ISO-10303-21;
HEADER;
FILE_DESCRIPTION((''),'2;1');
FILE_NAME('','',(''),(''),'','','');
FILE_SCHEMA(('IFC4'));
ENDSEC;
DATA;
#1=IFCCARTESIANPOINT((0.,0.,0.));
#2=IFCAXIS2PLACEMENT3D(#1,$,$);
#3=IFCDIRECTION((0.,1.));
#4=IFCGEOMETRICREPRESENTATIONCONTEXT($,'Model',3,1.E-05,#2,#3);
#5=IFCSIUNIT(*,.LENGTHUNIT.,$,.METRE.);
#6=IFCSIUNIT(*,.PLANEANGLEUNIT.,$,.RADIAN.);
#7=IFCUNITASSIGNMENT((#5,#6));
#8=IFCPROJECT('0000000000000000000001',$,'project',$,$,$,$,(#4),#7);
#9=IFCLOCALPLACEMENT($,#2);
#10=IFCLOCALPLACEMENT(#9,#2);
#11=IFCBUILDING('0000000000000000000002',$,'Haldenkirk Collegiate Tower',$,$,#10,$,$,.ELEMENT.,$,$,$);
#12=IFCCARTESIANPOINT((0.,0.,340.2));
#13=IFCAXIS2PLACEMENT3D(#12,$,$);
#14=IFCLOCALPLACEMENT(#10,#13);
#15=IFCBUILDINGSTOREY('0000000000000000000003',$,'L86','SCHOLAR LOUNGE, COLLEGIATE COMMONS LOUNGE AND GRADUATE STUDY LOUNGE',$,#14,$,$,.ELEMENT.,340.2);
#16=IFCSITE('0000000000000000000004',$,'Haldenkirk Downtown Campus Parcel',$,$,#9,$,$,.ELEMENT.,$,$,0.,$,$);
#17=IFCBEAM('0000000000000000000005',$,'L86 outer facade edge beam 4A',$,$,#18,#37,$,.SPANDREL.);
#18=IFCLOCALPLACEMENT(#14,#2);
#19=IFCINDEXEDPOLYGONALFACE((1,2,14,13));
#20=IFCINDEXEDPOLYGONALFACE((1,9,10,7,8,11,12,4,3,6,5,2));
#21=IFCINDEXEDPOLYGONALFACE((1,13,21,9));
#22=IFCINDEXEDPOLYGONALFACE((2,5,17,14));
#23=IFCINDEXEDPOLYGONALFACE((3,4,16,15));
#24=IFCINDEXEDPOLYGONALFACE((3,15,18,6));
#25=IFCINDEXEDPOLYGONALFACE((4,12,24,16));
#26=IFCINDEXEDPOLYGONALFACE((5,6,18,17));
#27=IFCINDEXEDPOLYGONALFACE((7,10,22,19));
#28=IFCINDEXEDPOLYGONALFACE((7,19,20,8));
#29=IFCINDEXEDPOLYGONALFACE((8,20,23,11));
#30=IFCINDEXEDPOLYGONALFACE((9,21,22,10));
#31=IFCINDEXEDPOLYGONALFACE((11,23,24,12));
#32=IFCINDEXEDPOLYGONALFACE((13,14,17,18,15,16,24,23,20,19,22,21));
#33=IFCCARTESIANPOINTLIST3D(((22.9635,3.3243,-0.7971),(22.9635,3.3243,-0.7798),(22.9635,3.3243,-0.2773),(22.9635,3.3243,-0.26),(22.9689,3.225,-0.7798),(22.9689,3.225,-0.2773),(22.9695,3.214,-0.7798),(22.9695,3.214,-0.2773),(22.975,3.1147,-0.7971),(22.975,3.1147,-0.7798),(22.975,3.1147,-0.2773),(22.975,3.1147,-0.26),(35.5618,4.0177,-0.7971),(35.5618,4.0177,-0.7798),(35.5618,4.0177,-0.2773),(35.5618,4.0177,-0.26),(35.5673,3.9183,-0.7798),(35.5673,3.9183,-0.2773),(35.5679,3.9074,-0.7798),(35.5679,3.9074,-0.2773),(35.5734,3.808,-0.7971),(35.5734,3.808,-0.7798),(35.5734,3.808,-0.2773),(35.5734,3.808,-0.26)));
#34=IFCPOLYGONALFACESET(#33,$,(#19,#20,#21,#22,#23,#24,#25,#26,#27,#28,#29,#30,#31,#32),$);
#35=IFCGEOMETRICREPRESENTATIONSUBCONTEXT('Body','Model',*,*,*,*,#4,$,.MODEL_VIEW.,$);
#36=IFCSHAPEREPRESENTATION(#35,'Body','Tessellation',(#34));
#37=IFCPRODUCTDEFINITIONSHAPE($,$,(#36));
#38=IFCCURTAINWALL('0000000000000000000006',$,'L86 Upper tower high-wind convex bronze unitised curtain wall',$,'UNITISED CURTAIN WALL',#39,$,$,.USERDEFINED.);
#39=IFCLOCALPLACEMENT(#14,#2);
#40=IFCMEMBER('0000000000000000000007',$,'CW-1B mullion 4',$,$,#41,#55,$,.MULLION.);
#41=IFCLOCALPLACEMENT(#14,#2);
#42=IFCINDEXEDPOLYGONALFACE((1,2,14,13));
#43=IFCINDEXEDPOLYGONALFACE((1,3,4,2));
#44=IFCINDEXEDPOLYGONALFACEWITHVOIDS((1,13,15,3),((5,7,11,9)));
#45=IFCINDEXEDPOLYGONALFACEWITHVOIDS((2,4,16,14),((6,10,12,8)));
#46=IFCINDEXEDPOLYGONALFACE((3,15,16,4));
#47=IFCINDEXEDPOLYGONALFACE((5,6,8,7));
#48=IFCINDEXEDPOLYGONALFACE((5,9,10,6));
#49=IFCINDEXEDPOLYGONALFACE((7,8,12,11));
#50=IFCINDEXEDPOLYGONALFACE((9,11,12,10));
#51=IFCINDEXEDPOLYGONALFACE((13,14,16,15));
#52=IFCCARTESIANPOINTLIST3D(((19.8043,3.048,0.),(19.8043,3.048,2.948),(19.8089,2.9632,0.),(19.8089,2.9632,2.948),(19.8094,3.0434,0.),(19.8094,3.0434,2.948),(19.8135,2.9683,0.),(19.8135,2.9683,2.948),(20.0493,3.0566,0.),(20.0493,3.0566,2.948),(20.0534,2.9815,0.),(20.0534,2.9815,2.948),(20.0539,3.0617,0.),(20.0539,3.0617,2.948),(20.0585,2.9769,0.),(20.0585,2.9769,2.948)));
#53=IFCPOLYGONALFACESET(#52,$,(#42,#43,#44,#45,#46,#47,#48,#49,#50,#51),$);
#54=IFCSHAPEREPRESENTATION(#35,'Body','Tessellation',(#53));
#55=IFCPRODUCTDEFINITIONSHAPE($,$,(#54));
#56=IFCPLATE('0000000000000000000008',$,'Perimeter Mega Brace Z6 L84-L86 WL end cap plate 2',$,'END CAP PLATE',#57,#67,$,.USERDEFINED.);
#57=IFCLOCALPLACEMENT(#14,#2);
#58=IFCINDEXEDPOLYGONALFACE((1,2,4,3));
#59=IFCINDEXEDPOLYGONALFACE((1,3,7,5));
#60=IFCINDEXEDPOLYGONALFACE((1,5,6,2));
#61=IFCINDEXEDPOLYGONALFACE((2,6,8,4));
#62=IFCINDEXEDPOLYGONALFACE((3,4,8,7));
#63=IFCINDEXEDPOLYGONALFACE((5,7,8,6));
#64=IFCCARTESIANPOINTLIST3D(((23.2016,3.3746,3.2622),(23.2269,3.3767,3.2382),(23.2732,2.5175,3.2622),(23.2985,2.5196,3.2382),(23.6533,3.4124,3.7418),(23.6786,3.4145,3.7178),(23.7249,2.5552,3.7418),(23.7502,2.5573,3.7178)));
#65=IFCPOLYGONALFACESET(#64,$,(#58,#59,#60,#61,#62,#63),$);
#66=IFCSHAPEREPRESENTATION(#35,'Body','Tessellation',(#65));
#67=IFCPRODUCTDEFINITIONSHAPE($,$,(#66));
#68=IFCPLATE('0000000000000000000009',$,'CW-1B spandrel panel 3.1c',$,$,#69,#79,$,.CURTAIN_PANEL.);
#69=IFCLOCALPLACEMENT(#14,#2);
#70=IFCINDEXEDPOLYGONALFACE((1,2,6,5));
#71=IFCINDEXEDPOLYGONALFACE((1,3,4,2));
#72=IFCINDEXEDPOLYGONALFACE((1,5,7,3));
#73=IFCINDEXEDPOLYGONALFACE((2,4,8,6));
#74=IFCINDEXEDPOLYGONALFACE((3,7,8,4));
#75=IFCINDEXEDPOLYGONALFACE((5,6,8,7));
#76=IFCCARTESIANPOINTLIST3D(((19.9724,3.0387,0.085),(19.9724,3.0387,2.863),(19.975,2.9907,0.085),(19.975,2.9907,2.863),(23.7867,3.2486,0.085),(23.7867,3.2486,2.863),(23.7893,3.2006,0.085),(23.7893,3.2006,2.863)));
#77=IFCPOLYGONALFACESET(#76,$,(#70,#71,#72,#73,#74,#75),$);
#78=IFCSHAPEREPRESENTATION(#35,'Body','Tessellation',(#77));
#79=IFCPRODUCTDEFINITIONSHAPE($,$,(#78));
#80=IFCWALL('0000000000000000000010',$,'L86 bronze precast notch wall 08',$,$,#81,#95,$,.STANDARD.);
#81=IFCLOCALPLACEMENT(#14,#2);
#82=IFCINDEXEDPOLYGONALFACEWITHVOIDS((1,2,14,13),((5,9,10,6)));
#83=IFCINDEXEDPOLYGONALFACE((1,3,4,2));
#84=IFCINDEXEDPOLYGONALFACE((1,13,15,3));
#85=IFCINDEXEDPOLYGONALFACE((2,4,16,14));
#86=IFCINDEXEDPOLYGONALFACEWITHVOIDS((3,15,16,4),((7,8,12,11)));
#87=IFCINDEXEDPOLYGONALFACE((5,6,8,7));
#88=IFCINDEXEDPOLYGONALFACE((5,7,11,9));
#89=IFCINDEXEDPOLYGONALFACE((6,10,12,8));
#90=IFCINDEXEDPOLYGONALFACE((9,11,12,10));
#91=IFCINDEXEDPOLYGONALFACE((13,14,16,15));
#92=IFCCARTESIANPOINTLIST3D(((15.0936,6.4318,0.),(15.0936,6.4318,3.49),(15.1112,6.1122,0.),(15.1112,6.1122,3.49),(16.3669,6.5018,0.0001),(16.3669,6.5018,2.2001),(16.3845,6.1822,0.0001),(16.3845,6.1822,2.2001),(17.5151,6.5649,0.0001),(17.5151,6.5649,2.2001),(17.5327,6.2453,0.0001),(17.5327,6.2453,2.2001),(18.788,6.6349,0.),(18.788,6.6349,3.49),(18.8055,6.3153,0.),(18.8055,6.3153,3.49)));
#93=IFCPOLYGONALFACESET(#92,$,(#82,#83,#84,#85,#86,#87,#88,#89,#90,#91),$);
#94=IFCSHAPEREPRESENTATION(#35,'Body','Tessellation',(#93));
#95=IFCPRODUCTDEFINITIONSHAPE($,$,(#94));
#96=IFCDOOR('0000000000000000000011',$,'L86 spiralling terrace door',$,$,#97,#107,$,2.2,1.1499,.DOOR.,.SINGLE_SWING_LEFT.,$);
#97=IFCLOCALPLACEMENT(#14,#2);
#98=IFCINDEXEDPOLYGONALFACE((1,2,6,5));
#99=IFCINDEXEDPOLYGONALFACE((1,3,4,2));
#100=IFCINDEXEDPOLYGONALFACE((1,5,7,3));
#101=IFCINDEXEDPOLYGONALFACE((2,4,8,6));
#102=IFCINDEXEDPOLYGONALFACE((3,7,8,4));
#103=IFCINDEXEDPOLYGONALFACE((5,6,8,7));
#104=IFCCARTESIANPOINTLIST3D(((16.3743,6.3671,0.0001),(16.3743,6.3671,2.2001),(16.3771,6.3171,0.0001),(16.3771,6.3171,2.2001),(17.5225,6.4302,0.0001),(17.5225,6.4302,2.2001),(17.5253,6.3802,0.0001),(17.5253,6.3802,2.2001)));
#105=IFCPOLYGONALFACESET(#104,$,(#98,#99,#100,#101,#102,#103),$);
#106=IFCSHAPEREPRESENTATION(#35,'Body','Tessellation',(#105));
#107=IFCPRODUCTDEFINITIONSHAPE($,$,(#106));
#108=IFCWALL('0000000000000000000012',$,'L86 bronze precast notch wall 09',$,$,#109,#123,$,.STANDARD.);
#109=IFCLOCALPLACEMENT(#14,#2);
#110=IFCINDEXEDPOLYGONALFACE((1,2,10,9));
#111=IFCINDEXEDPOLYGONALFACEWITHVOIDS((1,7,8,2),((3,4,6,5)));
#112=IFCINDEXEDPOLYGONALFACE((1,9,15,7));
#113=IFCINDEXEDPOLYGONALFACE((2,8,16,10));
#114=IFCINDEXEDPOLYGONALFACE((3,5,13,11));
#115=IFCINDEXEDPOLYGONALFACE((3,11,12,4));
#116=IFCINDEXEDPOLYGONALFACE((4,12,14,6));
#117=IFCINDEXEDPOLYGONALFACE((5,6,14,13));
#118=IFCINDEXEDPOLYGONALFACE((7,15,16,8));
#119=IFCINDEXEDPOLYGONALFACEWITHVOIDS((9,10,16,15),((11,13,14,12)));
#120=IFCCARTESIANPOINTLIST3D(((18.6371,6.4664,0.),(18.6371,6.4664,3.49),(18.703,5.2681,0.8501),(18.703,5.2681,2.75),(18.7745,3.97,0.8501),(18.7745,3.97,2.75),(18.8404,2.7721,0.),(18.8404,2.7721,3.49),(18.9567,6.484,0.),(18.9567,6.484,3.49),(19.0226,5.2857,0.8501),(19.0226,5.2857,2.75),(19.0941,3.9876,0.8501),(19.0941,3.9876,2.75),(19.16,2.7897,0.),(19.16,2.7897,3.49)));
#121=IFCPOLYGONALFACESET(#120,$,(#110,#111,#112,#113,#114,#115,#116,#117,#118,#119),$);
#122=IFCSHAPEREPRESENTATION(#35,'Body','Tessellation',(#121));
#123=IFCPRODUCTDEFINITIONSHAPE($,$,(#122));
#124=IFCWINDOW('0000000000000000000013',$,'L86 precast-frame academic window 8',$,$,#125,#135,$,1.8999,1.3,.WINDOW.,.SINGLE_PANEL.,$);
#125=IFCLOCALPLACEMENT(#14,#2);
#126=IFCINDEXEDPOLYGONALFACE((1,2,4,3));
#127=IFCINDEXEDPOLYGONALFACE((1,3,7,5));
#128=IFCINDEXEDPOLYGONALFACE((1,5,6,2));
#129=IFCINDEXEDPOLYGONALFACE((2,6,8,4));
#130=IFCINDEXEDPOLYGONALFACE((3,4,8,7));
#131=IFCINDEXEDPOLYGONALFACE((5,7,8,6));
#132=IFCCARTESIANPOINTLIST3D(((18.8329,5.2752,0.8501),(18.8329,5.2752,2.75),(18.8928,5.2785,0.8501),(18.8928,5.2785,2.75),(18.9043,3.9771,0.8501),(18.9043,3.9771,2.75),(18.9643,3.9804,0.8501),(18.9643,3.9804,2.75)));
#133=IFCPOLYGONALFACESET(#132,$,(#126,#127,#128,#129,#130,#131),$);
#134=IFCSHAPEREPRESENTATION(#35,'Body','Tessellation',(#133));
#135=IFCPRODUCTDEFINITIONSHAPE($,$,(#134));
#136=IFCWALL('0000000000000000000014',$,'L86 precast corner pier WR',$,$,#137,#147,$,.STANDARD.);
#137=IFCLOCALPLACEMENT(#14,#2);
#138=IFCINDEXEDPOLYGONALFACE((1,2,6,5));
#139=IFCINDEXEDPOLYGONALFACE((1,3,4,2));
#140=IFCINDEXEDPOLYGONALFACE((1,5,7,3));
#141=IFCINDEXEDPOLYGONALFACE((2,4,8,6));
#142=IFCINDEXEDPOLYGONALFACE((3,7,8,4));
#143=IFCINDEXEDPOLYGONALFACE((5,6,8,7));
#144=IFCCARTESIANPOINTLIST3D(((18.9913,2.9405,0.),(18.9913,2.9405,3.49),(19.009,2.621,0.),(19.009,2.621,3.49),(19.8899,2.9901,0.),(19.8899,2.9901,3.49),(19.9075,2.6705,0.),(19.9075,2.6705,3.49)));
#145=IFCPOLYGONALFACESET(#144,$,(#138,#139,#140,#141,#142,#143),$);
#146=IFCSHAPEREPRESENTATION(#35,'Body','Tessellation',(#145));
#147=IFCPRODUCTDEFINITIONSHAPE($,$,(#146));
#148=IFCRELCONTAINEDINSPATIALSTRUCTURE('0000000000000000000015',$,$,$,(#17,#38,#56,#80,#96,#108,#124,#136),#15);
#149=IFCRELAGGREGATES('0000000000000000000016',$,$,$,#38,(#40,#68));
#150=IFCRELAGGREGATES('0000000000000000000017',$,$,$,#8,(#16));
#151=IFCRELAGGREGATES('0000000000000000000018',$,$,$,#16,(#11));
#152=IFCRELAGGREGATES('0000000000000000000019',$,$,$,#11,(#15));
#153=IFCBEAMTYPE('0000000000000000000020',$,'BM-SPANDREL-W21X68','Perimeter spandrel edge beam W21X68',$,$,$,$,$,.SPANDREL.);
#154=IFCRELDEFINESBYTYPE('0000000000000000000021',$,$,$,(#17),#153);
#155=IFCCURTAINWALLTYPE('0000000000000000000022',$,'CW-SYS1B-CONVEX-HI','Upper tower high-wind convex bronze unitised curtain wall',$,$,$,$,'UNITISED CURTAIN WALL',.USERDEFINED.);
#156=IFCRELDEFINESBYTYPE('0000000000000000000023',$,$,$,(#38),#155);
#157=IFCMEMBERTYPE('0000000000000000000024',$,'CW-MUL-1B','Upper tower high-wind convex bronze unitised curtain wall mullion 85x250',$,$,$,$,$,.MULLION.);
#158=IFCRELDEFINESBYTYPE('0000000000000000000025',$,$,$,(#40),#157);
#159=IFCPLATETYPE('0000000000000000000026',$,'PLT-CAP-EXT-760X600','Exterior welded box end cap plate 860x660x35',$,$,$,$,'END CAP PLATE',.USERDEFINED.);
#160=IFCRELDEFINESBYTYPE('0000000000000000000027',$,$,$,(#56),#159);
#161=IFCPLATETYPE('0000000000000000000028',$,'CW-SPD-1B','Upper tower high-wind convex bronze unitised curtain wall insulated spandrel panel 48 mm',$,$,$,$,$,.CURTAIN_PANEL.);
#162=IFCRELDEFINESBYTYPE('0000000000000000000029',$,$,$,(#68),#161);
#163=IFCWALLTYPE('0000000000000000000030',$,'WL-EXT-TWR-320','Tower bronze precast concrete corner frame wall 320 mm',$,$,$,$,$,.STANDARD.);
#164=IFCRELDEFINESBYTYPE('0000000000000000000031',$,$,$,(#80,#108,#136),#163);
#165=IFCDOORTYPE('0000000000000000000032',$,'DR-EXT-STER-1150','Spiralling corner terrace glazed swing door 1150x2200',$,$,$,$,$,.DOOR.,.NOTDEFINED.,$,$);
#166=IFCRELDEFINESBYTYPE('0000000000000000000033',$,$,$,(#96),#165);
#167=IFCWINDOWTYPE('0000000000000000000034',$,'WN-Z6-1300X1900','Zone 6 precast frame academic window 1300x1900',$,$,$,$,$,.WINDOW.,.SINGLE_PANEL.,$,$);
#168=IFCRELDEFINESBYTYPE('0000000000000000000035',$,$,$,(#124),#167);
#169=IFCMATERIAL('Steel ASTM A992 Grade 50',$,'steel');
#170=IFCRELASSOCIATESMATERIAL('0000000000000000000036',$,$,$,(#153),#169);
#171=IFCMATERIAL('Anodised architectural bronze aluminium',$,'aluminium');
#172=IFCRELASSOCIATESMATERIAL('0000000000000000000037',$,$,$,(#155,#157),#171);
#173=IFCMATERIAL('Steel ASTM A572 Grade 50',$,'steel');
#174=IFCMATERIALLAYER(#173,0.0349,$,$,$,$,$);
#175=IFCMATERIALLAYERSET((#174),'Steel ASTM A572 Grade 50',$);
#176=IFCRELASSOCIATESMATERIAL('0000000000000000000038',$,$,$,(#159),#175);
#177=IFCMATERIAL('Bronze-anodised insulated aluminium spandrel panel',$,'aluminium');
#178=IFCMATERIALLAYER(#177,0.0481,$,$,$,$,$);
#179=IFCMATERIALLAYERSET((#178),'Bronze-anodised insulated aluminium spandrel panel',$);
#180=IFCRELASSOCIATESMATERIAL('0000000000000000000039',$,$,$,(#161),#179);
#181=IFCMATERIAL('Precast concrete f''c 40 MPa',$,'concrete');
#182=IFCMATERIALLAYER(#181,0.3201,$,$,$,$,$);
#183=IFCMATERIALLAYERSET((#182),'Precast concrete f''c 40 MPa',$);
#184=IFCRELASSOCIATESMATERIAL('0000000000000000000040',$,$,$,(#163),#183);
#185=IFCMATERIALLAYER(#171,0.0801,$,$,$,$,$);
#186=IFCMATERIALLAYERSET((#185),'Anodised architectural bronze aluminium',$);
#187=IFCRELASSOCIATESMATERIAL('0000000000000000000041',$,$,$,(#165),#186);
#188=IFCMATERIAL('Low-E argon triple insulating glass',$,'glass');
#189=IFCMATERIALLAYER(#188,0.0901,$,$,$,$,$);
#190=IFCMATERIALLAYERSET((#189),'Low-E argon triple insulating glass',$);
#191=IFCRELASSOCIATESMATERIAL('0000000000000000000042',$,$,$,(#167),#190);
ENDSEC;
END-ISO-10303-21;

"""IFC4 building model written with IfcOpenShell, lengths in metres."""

from ifc_helpers import new_model, si_unit, direction, frame, frame_2d, origin, origin_2d, place, context, subcontext, project, spatial, rectangle, hollow_rectangle, i_section, extrude, source, transform, mapped, material, layer, layer_set, material_profile, profile_set, type_object, element, fill, aggregate, save


model = new_model("IFC4")

# Units and contexts
model_context = context("Model", 3, precision=1e-05, world=origin(), true_north=direction((0.0, 1.0)))
body_context = subcontext(model_context, "Body", "Model", "MODEL_VIEW")
ifc_project = project(units=[si_unit("LENGTHUNIT", "METRE"), si_unit("PLANEANGLEUNIT", "RADIAN")], contexts=[model_context])

# Site, building, storey
site_placement = place(None, origin())
site = spatial("IfcSite", under=ifc_project, at=site_placement, Name="Haldenkirk Downtown Campus Parcel", CompositionType="ELEMENT", RefElevation=0.0)
building_placement = place(site_placement, origin())
building = spatial("IfcBuilding", under=site, at=building_placement, Name="Haldenkirk Collegiate Tower", CompositionType="ELEMENT")
storey_placement = place(building_placement, frame((0.0, 0.0, 340.2)))
storey = spatial("IfcBuildingStorey", under=building, at=storey_placement, Name="L86", Description="SCHOLAR LOUNGE, COLLEGIATE COMMONS LOUNGE AND GRADUATE STUDY LOUNGE", CompositionType="ELEMENT", Elevation=340.2)

# Shared definitions
ifc_material_1 = material(Name="Steel ASTM A572 Grade 50", Category="steel")

# Beam
ifc_material_2 = material(Name="Steel ASTM A992 Grade 50", Category="steel")
ifc_material_profile_1 = material_profile(ifc_material_2, i_section(OverallWidth=0.21, OverallDepth=0.5371, WebThickness=0.011, FlangeThickness=0.0173, at=origin_2d()), Name="W21X68")
ifc_profile_set_1 = profile_set([ifc_material_profile_1], Name="Steel ASTM A992 Grade 50")
beam_type_1 = type_object("IfcBeamType", Name="BM-SPANDREL-W21X68", Description="Perimeter spandrel edge beam W21X68", PredefinedType="SPANDREL", material=ifc_profile_set_1)
beam_1_placement = place(storey_placement, frame((22.9692, 3.2195, -0.5286), z_axis=(0.998489, 0.054952, 0.0), x_axis=(-0.054952, 0.998489, 0.0)))
element("IfcBeam", 1, at=beam_1_placement, inside=storey, type_object=beam_type_1, Name="L86 outer facade edge beam 4A", PredefinedType="SPANDREL", context=body_context, shape_type="SweptSolid", body=[
    extrude(i_section(OverallWidth=0.21, OverallDepth=0.5371, WebThickness=0.011, FlangeThickness=0.0173, at=origin_2d()), origin(), (0.0, 0.0, 1.0), 12.6174),
])

# Curtain wall, member
ifc_material_3 = material(Name="Anodised architectural bronze aluminium", Category="aluminium")
curtain_wall_type = type_object("IfcCurtainWallType", Name="CW-SYS1B-CONVEX-HI", Description="Upper tower high-wind convex bronze unitised curtain wall", ElementType="UNITISED CURTAIN WALL", PredefinedType="USERDEFINED", material=ifc_material_3)
curtain_wall_placement = place(storey_placement, origin())
curtain_wall = element("IfcCurtainWall", 2, at=curtain_wall_placement, inside=storey, type_object=curtain_wall_type, Name="L86 Upper tower high-wind convex bronze unitised curtain wall", ObjectType="UNITISED CURTAIN WALL", PredefinedType="USERDEFINED")
ifc_material_profile_2 = material_profile(ifc_material_3, hollow_rectangle(XDim=0.085, YDim=0.25, WallThickness=0.0049, at=origin_2d()), Name="CW-MUL-1B")
ifc_profile_set_2 = profile_set([ifc_material_profile_2], Name="Anodised architectural bronze aluminium")
member_type = type_object("IfcMemberType", Name="CW-MUL-1B", Description="Upper tower high-wind convex bronze unitised curtain wall mullion 85x250", PredefinedType="MULLION", material=ifc_profile_set_2)
member_placement = place(storey_placement, frame((19.9314, 3.0125, 0.0), z_axis=(0.0, 0.0, 1.0), x_axis=(0.054948, -0.998489, 0.0)))
member = element("IfcMember", 3, at=member_placement, type_object=member_type, Name="CW-1B mullion 4", PredefinedType="MULLION", context=body_context, shape_type="SweptSolid", body=[
    extrude(hollow_rectangle(XDim=0.085, YDim=0.25, WallThickness=0.0049, at=origin_2d()), origin(), (0.0, 0.0, 1.0), 2.948),
])

# Plates
ifc_layer_1 = layer(ifc_material_1, 0.0349)
ifc_layer_set_1 = layer_set([ifc_layer_1], Name="Steel ASTM A572 Grade 50")
plate_type_1 = type_object("IfcPlateType", Name="PLT-CAP-EXT-760X600", Description="Exterior welded box end cap plate 860x660x35", ElementType="END CAP PLATE", PredefinedType="USERDEFINED", material=ifc_layer_set_1)
shared_shape_1 = source(origin(), body_context, "Body", "SweptSolid", [
    extrude(rectangle(XDim=0.8601, YDim=0.6599, at=origin_2d()), origin(), (0.0, 0.0, 1.0), 0.0349),
])
plate_1_placement = place(storey_placement, frame((23.4885, 2.967, 3.478), z_axis=(-0.724302, -0.060501, 0.686823), x_axis=(0.083241, -0.996529, 0.0)))
element("IfcPlate", 4, at=plate_1_placement, inside=storey, type_object=plate_type_1, Name="Perimeter Mega Brace Z6 L84-L86 WL end cap plate 2", ObjectType="END CAP PLATE", PredefinedType="USERDEFINED", context=body_context, shape_type="MappedRepresentation", body=[
    mapped(shared_shape_1, transform((0.0, 0.0, 0.0), x_axis=(1.0, 0.0, 0.0), y_axis=(0.0, 1.0, 0.0), z_axis=(0.0, 0.0, 1.0), scale=1.0)),
])
ifc_material_4 = material(Name="Bronze-anodised insulated aluminium spandrel panel", Category="aluminium")
ifc_layer_2 = layer(ifc_material_4, 0.0481)
ifc_layer_set_2 = layer_set([ifc_layer_2], Name="Bronze-anodised insulated aluminium spandrel panel")
plate_type_2 = type_object("IfcPlateType", Name="CW-SPD-1B", Description="Upper tower high-wind convex bronze unitised curtain wall insulated spandrel panel 48 mm", PredefinedType="CURTAIN_PANEL", material=ifc_layer_set_2)
shared_shape_2 = source(origin(), body_context, "Body", "SweptSolid", [
    extrude(rectangle(XDim=3.8201, YDim=0.0481, at=origin_2d()), origin(), (0.0, 0.0, 1.0), 2.7781),
])
plate_2_placement = place(storey_placement, frame((21.8809, 3.1196, 0.085), z_axis=(0.0, 0.0, 1.0), x_axis=(-0.998489, -0.054948, 0.0)))
plate_2 = element("IfcPlate", 5, at=plate_2_placement, type_object=plate_type_2, Name="CW-1B spandrel panel 3.1c", PredefinedType="CURTAIN_PANEL", context=body_context, shape_type="MappedRepresentation", body=[
    mapped(shared_shape_2, transform((0.0, 0.0, 0.0), x_axis=(1.0, 0.0, 0.0), y_axis=(0.0, 1.0, 0.0), z_axis=(0.0, 0.0, 1.0), scale=1.0)),
])
aggregate(curtain_wall, [member, plate_2])

# Wall, opening, door
ifc_material_5 = material(Name="Precast concrete f'c 40 MPa", Category="concrete")
ifc_layer_3 = layer(ifc_material_5, 0.3201)
ifc_layer_set_3 = layer_set([ifc_layer_3], Name="Precast concrete f'c 40 MPa")
wall_type = type_object("IfcWallType", Name="WL-EXT-TWR-320", Description="Tower bronze precast concrete corner frame wall 320 mm", PredefinedType="STANDARD", material=ifc_layer_set_3)
wall_1_placement = place(storey_placement, frame((18.7969, 6.4751, 0.0), z_axis=(0.0, 0.0, 1.0), x_axis=(-0.998492, -0.0549, 0.0)))
wall_1 = element("IfcWall", 6, at=wall_1_placement, inside=storey, type_object=wall_type, Name="L86 bronze precast notch wall 08", PredefinedType="STANDARD", context=body_context, shape_type="SweptSolid", body=[
    extrude(rectangle(XDim=3.7, YDim=0.3201, at=frame_2d((1.8501, 0.0))), origin(), (0.0, 0.0, 1.0), 3.49),
])
opening_1_placement = place(wall_1_placement, frame((1.2749, 0.0, 0.0)))
opening_1 = element("IfcOpeningElement", 7, at=opening_1_placement, cuts=wall_1, PredefinedType="OPENING", context=body_context, shape_type="SweptSolid", body=[
    extrude(rectangle(XDim=1.1499, YDim=2.2, at=frame_2d((0.575, 1.1001))), frame((0.0, 0.1699, 0.0), z_axis=(0.0, -1.0, 0.0), x_axis=(1.0, 0.0, 0.0)), (0.0, 0.0, 1.0), 0.3401),
])
ifc_layer_4 = layer(ifc_material_3, 0.0801)
ifc_layer_set_4 = layer_set([ifc_layer_4], Name="Anodised architectural bronze aluminium")
door_type = type_object("IfcDoorType", Name="DR-EXT-STER-1150", Description="Spiralling corner terrace glazed swing door 1150x2200", OperationType="NOTDEFINED", PredefinedType="DOOR", material=ifc_layer_set_4)
door_placement = place(opening_1_placement, origin())
door = element("IfcDoor", 8, at=door_placement, inside=storey, type_object=door_type, Name="L86 spiralling terrace door", OperationType="SINGLE_SWING_LEFT", OverallHeight=2.2, OverallWidth=1.1499, PredefinedType="DOOR", context=body_context, shape_type="SweptSolid", body=[
    extrude(rectangle(XDim=1.1499, YDim=2.2, at=frame_2d((0.575, 1.1001))), frame((0.0, 0.0249, 0.0), z_axis=(0.0, -1.0, 0.0), x_axis=(1.0, 0.0, 0.0)), (0.0, 0.0, 1.0), 0.05),
])
fill(opening_1, door)

# Wall, opening, window
wall_2_placement = place(storey_placement, frame((19.0002, 2.7808, 0.0), z_axis=(0.0, 0.0, 1.0), x_axis=(-0.054966, 0.998488, 0.0)))
wall_2 = element("IfcWall", 9, at=wall_2_placement, inside=storey, type_object=wall_type, Name="L86 bronze precast notch wall 09", PredefinedType="STANDARD", context=body_context, shape_type="SweptSolid", body=[
    extrude(rectangle(XDim=3.7, YDim=0.3201, at=frame_2d((1.8501, 0.0))), origin(), (0.0, 0.0, 1.0), 3.49),
])
opening_2_placement = place(wall_2_placement, frame((1.2, 0.0, 0.8501)))
opening_2 = element("IfcOpeningElement", 10, at=opening_2_placement, cuts=wall_2, PredefinedType="OPENING", context=body_context, shape_type="SweptSolid", body=[
    extrude(rectangle(XDim=1.3, YDim=1.8999, at=frame_2d((0.6499, 0.95))), frame((0.0, 0.1699, 0.0), z_axis=(0.0, -1.0, 0.0), x_axis=(1.0, 0.0, 0.0)), (0.0, 0.0, 1.0), 0.3401),
])
ifc_material_6 = material(Name="Low-E argon triple insulating glass", Category="glass")
ifc_layer_5 = layer(ifc_material_6, 0.0901)
ifc_layer_set_5 = layer_set([ifc_layer_5], Name="Low-E argon triple insulating glass")
window_type = type_object("IfcWindowType", Name="WN-Z6-1300X1900", Description="Zone 6 precast frame academic window 1300x1900", PartitioningType="SINGLE_PANEL", PredefinedType="WINDOW", material=ifc_layer_set_5)
window_placement = place(opening_2_placement, origin())
window = element("IfcWindow", 11, at=window_placement, inside=storey, type_object=window_type, Name="L86 precast-frame academic window 8", OverallHeight=1.8999, OverallWidth=1.3, PartitioningType="SINGLE_PANEL", PredefinedType="WINDOW", context=body_context, shape_type="SweptSolid", body=[
    extrude(rectangle(XDim=1.3, YDim=1.8999, at=frame_2d((0.6499, 0.95))), frame((0.0, 0.03, 0.0), z_axis=(0.0, -1.0, 0.0), x_axis=(1.0, 0.0, 0.0)), (0.0, 0.0, 1.0), 0.0601),
])
fill(opening_2, window)

# Wall
wall_3_placement = place(storey_placement, frame((19.8987, 2.8303, 0.0), z_axis=(0.0, 0.0, 1.0), x_axis=(-0.998482, -0.055079, 0.0)))
element("IfcWall", 12, at=wall_3_placement, inside=storey, type_object=wall_type, Name="L86 precast corner pier WR", PredefinedType="STANDARD", context=body_context, shape_type="SweptSolid", body=[
    extrude(rectangle(XDim=0.8999, YDim=0.3201, at=frame_2d((0.45, 0.0))), origin(), (0.0, 0.0, 1.0), 3.49),
])

save(model, "model.ifc")
